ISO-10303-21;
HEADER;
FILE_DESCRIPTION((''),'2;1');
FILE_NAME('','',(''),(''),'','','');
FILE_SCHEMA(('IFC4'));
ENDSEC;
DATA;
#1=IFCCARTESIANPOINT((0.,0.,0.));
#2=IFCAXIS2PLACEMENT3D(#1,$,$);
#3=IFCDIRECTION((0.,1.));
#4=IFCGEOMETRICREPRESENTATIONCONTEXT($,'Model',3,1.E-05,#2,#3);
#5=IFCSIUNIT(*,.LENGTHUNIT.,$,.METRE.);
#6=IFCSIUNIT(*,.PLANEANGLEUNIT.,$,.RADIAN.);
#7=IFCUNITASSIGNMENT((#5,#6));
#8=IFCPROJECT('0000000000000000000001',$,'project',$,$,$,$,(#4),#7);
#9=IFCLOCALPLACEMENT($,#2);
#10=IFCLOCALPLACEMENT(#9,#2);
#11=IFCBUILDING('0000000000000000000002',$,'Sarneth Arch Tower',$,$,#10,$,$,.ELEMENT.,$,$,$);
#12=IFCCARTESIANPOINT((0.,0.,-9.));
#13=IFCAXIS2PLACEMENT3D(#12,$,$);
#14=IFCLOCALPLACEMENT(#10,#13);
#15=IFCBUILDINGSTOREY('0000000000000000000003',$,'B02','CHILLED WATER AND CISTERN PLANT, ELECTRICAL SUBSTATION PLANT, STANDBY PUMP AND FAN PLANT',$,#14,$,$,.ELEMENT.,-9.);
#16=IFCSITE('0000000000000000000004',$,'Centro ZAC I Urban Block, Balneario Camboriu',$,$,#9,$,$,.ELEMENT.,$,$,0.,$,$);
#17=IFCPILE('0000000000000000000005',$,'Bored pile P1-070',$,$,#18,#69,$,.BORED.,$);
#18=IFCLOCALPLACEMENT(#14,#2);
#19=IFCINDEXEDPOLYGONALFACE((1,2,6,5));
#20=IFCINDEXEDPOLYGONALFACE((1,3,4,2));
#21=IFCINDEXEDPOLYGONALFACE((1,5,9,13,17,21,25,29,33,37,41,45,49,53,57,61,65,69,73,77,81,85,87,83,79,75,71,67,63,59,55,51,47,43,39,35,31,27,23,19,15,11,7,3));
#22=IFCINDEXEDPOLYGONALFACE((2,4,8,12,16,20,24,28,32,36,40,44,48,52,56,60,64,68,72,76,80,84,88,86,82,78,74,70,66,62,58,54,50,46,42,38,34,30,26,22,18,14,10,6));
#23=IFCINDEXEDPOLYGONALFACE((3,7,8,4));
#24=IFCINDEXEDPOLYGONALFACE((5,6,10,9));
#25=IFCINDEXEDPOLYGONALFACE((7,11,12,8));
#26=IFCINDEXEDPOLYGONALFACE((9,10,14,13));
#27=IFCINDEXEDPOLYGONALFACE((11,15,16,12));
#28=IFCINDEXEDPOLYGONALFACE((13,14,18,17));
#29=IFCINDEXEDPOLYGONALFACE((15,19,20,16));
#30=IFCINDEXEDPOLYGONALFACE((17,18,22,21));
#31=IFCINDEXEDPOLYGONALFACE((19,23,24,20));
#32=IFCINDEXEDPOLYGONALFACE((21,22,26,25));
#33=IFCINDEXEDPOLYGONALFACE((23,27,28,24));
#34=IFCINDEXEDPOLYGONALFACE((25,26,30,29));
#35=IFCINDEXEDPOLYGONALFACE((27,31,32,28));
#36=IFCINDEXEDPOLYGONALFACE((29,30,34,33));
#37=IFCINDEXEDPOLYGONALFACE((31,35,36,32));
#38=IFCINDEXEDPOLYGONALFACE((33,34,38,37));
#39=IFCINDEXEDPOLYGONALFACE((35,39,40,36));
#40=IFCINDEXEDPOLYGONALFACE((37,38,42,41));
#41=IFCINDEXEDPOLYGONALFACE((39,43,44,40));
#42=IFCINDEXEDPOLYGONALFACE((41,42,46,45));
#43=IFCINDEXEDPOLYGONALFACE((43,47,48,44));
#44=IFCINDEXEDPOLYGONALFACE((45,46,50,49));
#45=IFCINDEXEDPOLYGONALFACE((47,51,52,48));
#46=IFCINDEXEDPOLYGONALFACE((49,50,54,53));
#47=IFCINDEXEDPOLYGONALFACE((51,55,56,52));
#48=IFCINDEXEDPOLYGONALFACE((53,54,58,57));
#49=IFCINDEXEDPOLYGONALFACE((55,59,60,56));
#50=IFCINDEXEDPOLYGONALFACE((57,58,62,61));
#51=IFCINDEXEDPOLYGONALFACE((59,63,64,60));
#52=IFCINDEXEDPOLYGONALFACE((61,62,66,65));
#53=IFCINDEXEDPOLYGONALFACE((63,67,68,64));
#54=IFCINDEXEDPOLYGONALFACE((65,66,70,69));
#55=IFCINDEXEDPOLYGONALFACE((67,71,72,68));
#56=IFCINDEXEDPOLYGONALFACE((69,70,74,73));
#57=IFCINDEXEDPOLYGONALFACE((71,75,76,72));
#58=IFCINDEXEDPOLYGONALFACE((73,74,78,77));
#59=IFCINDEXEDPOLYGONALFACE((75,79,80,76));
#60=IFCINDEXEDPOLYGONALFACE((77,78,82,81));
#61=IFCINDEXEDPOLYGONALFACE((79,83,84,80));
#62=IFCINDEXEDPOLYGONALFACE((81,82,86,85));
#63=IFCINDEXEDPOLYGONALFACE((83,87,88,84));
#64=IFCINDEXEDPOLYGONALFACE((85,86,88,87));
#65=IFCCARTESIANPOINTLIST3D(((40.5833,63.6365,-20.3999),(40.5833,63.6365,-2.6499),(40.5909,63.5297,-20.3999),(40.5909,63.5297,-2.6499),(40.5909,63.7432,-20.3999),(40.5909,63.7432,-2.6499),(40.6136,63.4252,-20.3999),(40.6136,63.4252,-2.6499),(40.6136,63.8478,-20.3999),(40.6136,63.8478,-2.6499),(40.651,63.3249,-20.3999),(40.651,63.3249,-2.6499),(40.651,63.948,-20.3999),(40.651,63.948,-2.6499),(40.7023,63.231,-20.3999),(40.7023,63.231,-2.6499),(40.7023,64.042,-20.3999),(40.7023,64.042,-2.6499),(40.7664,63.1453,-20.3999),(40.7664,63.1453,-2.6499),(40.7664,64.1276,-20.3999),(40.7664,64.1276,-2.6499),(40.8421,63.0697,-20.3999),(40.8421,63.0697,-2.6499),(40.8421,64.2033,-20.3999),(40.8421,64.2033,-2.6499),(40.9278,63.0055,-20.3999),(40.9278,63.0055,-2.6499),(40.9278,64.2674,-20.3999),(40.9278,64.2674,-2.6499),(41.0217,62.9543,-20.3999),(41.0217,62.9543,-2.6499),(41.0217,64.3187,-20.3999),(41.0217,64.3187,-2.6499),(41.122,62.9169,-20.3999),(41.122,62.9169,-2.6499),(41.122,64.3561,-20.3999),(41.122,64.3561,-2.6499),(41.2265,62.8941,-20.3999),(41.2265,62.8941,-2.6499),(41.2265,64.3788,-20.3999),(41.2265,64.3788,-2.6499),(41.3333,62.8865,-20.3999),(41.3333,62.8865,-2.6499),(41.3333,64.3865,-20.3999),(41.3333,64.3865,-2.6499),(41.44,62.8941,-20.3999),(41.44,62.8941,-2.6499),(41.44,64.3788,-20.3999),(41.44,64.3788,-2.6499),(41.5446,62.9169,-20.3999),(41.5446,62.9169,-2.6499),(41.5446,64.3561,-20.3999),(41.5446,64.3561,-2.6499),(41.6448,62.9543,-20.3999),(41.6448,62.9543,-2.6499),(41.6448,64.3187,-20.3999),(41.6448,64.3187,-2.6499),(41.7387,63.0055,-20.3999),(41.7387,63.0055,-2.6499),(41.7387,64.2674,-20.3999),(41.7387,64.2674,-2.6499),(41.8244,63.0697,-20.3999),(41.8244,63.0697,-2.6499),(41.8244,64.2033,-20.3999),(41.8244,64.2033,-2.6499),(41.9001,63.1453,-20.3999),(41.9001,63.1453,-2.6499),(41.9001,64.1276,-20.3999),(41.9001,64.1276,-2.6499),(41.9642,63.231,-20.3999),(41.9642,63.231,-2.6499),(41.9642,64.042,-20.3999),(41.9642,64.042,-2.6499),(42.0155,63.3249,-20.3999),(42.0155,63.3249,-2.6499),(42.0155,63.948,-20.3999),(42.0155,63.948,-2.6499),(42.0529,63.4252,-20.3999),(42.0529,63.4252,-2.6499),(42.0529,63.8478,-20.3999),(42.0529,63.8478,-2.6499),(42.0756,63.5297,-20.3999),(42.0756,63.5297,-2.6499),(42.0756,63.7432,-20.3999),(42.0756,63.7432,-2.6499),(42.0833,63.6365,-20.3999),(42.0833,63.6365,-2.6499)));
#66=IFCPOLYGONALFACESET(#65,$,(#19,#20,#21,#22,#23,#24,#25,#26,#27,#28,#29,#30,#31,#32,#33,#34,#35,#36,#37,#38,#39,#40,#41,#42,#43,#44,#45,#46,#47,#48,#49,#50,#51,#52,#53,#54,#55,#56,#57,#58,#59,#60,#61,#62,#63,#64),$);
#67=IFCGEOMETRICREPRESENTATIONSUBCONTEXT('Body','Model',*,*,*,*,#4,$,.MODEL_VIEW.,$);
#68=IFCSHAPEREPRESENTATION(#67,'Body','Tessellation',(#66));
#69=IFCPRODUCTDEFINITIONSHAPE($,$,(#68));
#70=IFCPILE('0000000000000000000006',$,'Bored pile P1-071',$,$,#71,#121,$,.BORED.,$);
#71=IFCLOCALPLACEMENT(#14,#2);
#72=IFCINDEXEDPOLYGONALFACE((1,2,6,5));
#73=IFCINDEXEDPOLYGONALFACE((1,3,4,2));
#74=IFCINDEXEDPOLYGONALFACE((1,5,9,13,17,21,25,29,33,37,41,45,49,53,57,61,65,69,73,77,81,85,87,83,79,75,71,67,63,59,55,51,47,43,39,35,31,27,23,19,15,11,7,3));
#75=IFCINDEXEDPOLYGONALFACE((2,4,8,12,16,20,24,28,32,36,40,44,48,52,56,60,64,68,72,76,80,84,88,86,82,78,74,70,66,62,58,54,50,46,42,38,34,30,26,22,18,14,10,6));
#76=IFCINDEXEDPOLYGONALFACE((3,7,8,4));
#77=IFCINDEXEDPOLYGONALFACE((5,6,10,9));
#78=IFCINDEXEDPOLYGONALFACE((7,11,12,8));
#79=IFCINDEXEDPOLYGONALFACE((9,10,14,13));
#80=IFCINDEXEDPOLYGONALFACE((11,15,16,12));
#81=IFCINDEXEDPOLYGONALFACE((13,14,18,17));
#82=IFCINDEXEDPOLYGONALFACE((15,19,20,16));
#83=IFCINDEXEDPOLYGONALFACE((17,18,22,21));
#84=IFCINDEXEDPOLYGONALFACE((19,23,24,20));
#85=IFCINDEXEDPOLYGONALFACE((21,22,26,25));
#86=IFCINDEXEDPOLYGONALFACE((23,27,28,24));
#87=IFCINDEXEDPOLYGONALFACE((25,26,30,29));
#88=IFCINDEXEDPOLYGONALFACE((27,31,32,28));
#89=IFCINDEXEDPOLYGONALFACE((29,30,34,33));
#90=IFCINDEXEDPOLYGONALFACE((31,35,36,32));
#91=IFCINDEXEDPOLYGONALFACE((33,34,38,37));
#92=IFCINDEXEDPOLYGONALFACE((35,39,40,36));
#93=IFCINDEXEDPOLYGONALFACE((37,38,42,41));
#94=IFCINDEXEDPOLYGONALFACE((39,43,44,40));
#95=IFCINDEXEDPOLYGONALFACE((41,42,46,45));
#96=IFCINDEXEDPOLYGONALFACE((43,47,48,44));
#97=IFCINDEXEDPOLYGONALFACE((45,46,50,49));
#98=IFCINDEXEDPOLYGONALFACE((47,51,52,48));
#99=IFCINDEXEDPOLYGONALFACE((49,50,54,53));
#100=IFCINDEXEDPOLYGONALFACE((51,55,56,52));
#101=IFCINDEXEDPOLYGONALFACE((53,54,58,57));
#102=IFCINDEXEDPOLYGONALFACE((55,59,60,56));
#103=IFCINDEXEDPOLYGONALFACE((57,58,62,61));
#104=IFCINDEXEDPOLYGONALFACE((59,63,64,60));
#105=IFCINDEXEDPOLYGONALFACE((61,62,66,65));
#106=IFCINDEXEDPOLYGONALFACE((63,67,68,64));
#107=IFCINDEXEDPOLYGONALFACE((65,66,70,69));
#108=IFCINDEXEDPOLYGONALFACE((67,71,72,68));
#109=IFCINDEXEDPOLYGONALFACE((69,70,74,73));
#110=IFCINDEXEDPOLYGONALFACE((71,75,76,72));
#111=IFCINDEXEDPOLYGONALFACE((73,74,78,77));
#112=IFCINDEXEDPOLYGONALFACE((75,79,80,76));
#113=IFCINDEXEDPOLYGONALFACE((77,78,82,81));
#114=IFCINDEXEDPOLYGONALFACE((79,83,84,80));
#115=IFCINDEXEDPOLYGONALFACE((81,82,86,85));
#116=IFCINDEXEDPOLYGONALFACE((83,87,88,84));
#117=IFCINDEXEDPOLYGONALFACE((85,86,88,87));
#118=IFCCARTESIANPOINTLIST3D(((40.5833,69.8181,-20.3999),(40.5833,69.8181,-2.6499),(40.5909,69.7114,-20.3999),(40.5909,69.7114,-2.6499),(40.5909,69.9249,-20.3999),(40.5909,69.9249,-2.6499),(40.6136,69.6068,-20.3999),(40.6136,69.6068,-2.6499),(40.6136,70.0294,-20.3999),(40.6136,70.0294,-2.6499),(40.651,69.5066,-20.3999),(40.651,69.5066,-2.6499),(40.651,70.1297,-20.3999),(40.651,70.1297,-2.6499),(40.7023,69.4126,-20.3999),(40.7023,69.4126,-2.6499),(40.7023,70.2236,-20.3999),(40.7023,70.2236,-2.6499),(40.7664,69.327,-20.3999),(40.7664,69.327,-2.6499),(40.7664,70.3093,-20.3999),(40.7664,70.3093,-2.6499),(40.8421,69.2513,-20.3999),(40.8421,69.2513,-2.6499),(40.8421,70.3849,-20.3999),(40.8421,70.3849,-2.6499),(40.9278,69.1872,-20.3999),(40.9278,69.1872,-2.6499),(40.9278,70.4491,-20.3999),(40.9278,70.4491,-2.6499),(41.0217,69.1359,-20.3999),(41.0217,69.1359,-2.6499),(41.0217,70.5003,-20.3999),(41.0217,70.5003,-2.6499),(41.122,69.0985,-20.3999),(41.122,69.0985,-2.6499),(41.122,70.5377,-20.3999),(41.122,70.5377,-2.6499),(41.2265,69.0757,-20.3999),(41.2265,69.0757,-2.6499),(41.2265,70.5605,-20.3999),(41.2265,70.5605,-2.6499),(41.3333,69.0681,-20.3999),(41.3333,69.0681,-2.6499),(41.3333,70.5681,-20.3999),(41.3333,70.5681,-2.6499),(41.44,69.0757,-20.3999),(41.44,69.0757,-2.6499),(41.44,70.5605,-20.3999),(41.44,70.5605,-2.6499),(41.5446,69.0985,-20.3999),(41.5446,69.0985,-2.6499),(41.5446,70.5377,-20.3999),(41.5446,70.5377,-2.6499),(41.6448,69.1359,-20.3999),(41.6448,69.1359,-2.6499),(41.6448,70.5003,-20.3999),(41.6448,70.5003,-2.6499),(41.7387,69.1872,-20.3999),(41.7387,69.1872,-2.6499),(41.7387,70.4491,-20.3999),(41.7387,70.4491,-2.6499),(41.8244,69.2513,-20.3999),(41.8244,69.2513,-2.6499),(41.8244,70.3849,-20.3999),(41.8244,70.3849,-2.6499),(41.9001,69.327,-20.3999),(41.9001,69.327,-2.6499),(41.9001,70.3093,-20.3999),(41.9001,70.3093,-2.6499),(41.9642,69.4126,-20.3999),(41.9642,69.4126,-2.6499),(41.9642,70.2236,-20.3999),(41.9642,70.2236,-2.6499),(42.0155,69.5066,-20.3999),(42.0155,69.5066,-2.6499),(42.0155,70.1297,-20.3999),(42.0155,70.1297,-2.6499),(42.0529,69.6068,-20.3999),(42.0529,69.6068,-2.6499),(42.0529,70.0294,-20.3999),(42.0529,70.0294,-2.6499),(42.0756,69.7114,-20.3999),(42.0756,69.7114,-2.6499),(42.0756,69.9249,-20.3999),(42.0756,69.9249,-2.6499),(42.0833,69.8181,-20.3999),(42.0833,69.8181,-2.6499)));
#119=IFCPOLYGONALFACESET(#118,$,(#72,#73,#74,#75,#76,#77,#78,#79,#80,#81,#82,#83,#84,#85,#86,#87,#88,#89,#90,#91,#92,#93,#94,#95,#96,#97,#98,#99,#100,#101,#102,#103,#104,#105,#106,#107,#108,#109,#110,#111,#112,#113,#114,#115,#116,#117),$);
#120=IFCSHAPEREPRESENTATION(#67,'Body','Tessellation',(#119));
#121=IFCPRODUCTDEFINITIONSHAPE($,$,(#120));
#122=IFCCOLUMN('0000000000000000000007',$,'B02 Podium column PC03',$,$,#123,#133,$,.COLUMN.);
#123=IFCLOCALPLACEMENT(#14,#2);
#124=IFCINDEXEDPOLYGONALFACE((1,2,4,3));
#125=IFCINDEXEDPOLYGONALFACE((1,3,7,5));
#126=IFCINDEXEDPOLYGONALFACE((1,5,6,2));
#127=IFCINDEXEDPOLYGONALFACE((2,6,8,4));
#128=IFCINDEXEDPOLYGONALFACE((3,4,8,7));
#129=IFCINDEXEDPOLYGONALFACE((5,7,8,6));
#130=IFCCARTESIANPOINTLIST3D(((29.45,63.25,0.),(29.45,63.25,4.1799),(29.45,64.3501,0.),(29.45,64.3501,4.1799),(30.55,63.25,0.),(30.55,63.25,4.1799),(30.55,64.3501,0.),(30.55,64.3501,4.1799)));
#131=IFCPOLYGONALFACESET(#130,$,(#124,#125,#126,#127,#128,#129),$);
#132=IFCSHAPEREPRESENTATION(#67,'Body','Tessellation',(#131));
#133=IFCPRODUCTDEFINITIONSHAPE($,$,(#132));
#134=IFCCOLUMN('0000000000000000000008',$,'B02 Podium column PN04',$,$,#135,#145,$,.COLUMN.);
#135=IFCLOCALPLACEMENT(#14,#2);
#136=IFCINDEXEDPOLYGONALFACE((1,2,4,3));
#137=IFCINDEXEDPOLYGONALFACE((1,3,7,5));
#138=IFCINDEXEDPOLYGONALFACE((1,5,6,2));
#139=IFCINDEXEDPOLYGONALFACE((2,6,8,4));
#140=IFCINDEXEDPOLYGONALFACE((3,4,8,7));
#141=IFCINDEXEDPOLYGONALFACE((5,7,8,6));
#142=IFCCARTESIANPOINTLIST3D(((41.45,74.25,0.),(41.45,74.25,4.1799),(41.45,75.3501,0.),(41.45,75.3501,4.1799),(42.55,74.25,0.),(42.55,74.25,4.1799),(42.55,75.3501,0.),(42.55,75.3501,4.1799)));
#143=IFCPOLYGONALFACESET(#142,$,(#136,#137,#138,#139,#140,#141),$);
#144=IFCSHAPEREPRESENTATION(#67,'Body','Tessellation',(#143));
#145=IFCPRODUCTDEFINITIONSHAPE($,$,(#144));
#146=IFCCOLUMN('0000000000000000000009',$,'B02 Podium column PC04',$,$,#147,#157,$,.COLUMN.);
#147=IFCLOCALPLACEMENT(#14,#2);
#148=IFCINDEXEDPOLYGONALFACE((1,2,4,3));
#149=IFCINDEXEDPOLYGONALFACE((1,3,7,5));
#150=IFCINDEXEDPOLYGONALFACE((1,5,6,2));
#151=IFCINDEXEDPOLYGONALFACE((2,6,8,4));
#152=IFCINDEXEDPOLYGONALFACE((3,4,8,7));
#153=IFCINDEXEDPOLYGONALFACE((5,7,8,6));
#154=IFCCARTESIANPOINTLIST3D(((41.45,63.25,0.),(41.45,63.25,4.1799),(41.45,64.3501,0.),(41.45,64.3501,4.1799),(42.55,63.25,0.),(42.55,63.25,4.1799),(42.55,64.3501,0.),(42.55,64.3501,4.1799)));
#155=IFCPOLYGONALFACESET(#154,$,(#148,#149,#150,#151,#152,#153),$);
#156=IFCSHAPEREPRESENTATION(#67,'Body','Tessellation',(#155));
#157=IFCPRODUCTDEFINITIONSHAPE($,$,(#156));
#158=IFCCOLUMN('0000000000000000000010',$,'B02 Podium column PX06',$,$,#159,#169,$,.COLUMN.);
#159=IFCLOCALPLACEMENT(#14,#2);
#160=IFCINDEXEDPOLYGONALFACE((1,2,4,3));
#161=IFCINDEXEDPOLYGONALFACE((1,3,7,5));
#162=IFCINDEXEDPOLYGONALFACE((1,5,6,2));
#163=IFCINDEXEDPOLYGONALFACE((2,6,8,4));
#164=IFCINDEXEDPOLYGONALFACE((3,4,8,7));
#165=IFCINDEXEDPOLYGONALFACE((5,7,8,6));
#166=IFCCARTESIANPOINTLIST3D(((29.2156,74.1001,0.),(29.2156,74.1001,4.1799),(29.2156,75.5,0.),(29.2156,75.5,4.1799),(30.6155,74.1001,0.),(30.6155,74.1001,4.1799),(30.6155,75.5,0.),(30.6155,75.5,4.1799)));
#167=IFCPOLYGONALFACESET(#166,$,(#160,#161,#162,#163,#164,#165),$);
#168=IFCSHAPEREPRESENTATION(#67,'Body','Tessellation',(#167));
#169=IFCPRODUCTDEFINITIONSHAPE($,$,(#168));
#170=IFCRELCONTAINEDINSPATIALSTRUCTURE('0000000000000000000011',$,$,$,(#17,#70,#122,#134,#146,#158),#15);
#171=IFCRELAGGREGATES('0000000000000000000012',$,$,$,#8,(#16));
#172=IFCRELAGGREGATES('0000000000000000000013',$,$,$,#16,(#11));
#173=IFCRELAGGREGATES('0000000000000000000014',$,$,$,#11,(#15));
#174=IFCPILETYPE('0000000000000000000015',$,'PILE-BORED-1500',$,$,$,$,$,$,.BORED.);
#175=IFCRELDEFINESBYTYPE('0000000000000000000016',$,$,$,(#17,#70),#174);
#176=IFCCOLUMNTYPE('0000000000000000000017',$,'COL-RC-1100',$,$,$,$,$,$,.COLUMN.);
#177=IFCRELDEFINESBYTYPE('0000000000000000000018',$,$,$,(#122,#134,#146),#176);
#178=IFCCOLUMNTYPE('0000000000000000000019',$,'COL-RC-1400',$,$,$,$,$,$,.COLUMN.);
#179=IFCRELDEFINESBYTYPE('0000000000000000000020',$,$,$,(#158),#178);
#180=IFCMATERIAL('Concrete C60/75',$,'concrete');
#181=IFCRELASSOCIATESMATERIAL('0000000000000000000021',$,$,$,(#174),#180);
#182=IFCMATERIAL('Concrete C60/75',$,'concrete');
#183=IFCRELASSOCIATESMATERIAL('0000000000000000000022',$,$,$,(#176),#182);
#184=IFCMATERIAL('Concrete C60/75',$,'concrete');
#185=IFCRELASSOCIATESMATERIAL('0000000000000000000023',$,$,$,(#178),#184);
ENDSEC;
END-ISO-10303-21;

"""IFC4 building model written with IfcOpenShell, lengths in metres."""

from ifc_helpers import new_model, si_unit, direction, frame, origin, origin_2d, place, context, subcontext, project, spatial, rectangle, circle, extrude, material, material_profile, profile_set, type_object, element, save


model = new_model("IFC4")

# Units and contexts
model_context = context("Model", 3, precision=1e-05, world=origin(), true_north=direction((0.0, 1.0)))
body_context = subcontext(model_context, "Body", "Model", "MODEL_VIEW")
ifc_project = project(units=[si_unit("LENGTHUNIT", "METRE"), si_unit("PLANEANGLEUNIT", "RADIAN")], contexts=[model_context])

# Site, building, storey
site_placement = place(None, origin())
site = spatial("IfcSite", under=ifc_project, at=site_placement, Name="Centro ZAC I Urban Block, Balneario Camboriu", CompositionType="ELEMENT", RefElevation=0.0)
building_placement = place(site_placement, origin())
building = spatial("IfcBuilding", under=site, at=building_placement, Name="Sarneth Arch Tower", CompositionType="ELEMENT")
storey_placement = place(building_placement, frame((0.0, 0.0, -9.0)))
storey = spatial("IfcBuildingStorey", under=building, at=storey_placement, Name="B02", Description="CHILLED WATER AND CISTERN PLANT, ELECTRICAL SUBSTATION PLANT, STANDBY PUMP AND FAN PLANT", CompositionType="ELEMENT", Elevation=-9.0)

# Piles
ifc_material_1 = material(Name="Concrete C60/75", Category="concrete")
ifc_material_profile_1 = material_profile(ifc_material_1, circle(Radius=0.75, at=origin_2d()), Name="PILE-D1500")
ifc_profile_set_1 = profile_set([ifc_material_profile_1], Name="Concrete C60/75")
pile_type_1 = type_object("IfcPileType", Name="PILE-BORED-1500", PredefinedType="BORED", material=ifc_profile_set_1)
for number, where, z_axis, x_axis, name in (
    (1, (41.3333, 63.6365, -2.6499), (0.0, 0.0, -1.0), (1.0, 0.0, 0.0), "Bored pile P1-070"),
    (2, (41.3333, 69.8181, -2.6499), (0.0, 0.0, -1.0), (1.0, 0.0, 0.0), "Bored pile P1-071"),
):
    element("IfcPile", number, at=place(storey_placement, frame(where, z_axis=z_axis, x_axis=x_axis)), inside=storey, type_object=pile_type_1, Name=name, PredefinedType="BORED", context=body_context, shape_type="SweptSolid", body=[
        extrude(circle(Radius=0.75, at=origin_2d()), origin(), (0.0, 0.0, 1.0), 17.75),
    ])

# Columns
ifc_material_2 = material(Name="Concrete C60/75", Category="concrete")
ifc_material_profile_2 = material_profile(ifc_material_2, rectangle(XDim=1.1001, YDim=1.1001, at=origin_2d()), Name="RC-1100x1100")
ifc_profile_set_2 = profile_set([ifc_material_profile_2], Name="Concrete C60/75")
column_type_1 = type_object("IfcColumnType", Name="COL-RC-1100", PredefinedType="COLUMN", material=ifc_profile_set_2)
for number, where, z_axis, x_axis, name in (
    (3, (30.0, 63.8, 0.0), (0.0, 0.0, 1.0), (1.0, 0.0, 0.0), "B02 Podium column PC03"),
    (4, (42.0, 74.8, 0.0), (0.0, 0.0, 1.0), (1.0, 0.0, 0.0), "B02 Podium column PN04"),
    (5, (42.0, 63.8, 0.0), (0.0, 0.0, 1.0), (1.0, 0.0, 0.0), "B02 Podium column PC04"),
):
    element("IfcColumn", number, at=place(storey_placement, frame(where, z_axis=z_axis, x_axis=x_axis)), inside=storey, type_object=column_type_1, Name=name, PredefinedType="COLUMN", context=body_context, shape_type="SweptSolid", body=[
        extrude(rectangle(XDim=1.1001, YDim=1.1001, at=origin_2d()), origin(), (0.0, 0.0, 1.0), 4.1799),
    ])
ifc_material_3 = material(Name="Concrete C60/75", Category="concrete")
ifc_material_profile_3 = material_profile(ifc_material_3, rectangle(XDim=1.3999, YDim=1.3999, at=origin_2d()), Name="RC-1400x1400")
ifc_profile_set_3 = profile_set([ifc_material_profile_3], Name="Concrete C60/75")
column_type_2 = type_object("IfcColumnType", Name="COL-RC-1400", PredefinedType="COLUMN", material=ifc_profile_set_3)
column_placement = place(storey_placement, frame((29.9155, 74.8, 0.0), z_axis=(0.0, 0.0, 1.0), x_axis=(1.0, 0.0, 0.0)))
element("IfcColumn", 6, at=column_placement, inside=storey, type_object=column_type_2, Name="B02 Podium column PX06", PredefinedType="COLUMN", context=body_context, shape_type="SweptSolid", body=[
    extrude(rectangle(XDim=1.3999, YDim=1.3999, at=origin_2d()), origin(), (0.0, 0.0, 1.0), 4.1799),
])

save(model, "model.ifc")
